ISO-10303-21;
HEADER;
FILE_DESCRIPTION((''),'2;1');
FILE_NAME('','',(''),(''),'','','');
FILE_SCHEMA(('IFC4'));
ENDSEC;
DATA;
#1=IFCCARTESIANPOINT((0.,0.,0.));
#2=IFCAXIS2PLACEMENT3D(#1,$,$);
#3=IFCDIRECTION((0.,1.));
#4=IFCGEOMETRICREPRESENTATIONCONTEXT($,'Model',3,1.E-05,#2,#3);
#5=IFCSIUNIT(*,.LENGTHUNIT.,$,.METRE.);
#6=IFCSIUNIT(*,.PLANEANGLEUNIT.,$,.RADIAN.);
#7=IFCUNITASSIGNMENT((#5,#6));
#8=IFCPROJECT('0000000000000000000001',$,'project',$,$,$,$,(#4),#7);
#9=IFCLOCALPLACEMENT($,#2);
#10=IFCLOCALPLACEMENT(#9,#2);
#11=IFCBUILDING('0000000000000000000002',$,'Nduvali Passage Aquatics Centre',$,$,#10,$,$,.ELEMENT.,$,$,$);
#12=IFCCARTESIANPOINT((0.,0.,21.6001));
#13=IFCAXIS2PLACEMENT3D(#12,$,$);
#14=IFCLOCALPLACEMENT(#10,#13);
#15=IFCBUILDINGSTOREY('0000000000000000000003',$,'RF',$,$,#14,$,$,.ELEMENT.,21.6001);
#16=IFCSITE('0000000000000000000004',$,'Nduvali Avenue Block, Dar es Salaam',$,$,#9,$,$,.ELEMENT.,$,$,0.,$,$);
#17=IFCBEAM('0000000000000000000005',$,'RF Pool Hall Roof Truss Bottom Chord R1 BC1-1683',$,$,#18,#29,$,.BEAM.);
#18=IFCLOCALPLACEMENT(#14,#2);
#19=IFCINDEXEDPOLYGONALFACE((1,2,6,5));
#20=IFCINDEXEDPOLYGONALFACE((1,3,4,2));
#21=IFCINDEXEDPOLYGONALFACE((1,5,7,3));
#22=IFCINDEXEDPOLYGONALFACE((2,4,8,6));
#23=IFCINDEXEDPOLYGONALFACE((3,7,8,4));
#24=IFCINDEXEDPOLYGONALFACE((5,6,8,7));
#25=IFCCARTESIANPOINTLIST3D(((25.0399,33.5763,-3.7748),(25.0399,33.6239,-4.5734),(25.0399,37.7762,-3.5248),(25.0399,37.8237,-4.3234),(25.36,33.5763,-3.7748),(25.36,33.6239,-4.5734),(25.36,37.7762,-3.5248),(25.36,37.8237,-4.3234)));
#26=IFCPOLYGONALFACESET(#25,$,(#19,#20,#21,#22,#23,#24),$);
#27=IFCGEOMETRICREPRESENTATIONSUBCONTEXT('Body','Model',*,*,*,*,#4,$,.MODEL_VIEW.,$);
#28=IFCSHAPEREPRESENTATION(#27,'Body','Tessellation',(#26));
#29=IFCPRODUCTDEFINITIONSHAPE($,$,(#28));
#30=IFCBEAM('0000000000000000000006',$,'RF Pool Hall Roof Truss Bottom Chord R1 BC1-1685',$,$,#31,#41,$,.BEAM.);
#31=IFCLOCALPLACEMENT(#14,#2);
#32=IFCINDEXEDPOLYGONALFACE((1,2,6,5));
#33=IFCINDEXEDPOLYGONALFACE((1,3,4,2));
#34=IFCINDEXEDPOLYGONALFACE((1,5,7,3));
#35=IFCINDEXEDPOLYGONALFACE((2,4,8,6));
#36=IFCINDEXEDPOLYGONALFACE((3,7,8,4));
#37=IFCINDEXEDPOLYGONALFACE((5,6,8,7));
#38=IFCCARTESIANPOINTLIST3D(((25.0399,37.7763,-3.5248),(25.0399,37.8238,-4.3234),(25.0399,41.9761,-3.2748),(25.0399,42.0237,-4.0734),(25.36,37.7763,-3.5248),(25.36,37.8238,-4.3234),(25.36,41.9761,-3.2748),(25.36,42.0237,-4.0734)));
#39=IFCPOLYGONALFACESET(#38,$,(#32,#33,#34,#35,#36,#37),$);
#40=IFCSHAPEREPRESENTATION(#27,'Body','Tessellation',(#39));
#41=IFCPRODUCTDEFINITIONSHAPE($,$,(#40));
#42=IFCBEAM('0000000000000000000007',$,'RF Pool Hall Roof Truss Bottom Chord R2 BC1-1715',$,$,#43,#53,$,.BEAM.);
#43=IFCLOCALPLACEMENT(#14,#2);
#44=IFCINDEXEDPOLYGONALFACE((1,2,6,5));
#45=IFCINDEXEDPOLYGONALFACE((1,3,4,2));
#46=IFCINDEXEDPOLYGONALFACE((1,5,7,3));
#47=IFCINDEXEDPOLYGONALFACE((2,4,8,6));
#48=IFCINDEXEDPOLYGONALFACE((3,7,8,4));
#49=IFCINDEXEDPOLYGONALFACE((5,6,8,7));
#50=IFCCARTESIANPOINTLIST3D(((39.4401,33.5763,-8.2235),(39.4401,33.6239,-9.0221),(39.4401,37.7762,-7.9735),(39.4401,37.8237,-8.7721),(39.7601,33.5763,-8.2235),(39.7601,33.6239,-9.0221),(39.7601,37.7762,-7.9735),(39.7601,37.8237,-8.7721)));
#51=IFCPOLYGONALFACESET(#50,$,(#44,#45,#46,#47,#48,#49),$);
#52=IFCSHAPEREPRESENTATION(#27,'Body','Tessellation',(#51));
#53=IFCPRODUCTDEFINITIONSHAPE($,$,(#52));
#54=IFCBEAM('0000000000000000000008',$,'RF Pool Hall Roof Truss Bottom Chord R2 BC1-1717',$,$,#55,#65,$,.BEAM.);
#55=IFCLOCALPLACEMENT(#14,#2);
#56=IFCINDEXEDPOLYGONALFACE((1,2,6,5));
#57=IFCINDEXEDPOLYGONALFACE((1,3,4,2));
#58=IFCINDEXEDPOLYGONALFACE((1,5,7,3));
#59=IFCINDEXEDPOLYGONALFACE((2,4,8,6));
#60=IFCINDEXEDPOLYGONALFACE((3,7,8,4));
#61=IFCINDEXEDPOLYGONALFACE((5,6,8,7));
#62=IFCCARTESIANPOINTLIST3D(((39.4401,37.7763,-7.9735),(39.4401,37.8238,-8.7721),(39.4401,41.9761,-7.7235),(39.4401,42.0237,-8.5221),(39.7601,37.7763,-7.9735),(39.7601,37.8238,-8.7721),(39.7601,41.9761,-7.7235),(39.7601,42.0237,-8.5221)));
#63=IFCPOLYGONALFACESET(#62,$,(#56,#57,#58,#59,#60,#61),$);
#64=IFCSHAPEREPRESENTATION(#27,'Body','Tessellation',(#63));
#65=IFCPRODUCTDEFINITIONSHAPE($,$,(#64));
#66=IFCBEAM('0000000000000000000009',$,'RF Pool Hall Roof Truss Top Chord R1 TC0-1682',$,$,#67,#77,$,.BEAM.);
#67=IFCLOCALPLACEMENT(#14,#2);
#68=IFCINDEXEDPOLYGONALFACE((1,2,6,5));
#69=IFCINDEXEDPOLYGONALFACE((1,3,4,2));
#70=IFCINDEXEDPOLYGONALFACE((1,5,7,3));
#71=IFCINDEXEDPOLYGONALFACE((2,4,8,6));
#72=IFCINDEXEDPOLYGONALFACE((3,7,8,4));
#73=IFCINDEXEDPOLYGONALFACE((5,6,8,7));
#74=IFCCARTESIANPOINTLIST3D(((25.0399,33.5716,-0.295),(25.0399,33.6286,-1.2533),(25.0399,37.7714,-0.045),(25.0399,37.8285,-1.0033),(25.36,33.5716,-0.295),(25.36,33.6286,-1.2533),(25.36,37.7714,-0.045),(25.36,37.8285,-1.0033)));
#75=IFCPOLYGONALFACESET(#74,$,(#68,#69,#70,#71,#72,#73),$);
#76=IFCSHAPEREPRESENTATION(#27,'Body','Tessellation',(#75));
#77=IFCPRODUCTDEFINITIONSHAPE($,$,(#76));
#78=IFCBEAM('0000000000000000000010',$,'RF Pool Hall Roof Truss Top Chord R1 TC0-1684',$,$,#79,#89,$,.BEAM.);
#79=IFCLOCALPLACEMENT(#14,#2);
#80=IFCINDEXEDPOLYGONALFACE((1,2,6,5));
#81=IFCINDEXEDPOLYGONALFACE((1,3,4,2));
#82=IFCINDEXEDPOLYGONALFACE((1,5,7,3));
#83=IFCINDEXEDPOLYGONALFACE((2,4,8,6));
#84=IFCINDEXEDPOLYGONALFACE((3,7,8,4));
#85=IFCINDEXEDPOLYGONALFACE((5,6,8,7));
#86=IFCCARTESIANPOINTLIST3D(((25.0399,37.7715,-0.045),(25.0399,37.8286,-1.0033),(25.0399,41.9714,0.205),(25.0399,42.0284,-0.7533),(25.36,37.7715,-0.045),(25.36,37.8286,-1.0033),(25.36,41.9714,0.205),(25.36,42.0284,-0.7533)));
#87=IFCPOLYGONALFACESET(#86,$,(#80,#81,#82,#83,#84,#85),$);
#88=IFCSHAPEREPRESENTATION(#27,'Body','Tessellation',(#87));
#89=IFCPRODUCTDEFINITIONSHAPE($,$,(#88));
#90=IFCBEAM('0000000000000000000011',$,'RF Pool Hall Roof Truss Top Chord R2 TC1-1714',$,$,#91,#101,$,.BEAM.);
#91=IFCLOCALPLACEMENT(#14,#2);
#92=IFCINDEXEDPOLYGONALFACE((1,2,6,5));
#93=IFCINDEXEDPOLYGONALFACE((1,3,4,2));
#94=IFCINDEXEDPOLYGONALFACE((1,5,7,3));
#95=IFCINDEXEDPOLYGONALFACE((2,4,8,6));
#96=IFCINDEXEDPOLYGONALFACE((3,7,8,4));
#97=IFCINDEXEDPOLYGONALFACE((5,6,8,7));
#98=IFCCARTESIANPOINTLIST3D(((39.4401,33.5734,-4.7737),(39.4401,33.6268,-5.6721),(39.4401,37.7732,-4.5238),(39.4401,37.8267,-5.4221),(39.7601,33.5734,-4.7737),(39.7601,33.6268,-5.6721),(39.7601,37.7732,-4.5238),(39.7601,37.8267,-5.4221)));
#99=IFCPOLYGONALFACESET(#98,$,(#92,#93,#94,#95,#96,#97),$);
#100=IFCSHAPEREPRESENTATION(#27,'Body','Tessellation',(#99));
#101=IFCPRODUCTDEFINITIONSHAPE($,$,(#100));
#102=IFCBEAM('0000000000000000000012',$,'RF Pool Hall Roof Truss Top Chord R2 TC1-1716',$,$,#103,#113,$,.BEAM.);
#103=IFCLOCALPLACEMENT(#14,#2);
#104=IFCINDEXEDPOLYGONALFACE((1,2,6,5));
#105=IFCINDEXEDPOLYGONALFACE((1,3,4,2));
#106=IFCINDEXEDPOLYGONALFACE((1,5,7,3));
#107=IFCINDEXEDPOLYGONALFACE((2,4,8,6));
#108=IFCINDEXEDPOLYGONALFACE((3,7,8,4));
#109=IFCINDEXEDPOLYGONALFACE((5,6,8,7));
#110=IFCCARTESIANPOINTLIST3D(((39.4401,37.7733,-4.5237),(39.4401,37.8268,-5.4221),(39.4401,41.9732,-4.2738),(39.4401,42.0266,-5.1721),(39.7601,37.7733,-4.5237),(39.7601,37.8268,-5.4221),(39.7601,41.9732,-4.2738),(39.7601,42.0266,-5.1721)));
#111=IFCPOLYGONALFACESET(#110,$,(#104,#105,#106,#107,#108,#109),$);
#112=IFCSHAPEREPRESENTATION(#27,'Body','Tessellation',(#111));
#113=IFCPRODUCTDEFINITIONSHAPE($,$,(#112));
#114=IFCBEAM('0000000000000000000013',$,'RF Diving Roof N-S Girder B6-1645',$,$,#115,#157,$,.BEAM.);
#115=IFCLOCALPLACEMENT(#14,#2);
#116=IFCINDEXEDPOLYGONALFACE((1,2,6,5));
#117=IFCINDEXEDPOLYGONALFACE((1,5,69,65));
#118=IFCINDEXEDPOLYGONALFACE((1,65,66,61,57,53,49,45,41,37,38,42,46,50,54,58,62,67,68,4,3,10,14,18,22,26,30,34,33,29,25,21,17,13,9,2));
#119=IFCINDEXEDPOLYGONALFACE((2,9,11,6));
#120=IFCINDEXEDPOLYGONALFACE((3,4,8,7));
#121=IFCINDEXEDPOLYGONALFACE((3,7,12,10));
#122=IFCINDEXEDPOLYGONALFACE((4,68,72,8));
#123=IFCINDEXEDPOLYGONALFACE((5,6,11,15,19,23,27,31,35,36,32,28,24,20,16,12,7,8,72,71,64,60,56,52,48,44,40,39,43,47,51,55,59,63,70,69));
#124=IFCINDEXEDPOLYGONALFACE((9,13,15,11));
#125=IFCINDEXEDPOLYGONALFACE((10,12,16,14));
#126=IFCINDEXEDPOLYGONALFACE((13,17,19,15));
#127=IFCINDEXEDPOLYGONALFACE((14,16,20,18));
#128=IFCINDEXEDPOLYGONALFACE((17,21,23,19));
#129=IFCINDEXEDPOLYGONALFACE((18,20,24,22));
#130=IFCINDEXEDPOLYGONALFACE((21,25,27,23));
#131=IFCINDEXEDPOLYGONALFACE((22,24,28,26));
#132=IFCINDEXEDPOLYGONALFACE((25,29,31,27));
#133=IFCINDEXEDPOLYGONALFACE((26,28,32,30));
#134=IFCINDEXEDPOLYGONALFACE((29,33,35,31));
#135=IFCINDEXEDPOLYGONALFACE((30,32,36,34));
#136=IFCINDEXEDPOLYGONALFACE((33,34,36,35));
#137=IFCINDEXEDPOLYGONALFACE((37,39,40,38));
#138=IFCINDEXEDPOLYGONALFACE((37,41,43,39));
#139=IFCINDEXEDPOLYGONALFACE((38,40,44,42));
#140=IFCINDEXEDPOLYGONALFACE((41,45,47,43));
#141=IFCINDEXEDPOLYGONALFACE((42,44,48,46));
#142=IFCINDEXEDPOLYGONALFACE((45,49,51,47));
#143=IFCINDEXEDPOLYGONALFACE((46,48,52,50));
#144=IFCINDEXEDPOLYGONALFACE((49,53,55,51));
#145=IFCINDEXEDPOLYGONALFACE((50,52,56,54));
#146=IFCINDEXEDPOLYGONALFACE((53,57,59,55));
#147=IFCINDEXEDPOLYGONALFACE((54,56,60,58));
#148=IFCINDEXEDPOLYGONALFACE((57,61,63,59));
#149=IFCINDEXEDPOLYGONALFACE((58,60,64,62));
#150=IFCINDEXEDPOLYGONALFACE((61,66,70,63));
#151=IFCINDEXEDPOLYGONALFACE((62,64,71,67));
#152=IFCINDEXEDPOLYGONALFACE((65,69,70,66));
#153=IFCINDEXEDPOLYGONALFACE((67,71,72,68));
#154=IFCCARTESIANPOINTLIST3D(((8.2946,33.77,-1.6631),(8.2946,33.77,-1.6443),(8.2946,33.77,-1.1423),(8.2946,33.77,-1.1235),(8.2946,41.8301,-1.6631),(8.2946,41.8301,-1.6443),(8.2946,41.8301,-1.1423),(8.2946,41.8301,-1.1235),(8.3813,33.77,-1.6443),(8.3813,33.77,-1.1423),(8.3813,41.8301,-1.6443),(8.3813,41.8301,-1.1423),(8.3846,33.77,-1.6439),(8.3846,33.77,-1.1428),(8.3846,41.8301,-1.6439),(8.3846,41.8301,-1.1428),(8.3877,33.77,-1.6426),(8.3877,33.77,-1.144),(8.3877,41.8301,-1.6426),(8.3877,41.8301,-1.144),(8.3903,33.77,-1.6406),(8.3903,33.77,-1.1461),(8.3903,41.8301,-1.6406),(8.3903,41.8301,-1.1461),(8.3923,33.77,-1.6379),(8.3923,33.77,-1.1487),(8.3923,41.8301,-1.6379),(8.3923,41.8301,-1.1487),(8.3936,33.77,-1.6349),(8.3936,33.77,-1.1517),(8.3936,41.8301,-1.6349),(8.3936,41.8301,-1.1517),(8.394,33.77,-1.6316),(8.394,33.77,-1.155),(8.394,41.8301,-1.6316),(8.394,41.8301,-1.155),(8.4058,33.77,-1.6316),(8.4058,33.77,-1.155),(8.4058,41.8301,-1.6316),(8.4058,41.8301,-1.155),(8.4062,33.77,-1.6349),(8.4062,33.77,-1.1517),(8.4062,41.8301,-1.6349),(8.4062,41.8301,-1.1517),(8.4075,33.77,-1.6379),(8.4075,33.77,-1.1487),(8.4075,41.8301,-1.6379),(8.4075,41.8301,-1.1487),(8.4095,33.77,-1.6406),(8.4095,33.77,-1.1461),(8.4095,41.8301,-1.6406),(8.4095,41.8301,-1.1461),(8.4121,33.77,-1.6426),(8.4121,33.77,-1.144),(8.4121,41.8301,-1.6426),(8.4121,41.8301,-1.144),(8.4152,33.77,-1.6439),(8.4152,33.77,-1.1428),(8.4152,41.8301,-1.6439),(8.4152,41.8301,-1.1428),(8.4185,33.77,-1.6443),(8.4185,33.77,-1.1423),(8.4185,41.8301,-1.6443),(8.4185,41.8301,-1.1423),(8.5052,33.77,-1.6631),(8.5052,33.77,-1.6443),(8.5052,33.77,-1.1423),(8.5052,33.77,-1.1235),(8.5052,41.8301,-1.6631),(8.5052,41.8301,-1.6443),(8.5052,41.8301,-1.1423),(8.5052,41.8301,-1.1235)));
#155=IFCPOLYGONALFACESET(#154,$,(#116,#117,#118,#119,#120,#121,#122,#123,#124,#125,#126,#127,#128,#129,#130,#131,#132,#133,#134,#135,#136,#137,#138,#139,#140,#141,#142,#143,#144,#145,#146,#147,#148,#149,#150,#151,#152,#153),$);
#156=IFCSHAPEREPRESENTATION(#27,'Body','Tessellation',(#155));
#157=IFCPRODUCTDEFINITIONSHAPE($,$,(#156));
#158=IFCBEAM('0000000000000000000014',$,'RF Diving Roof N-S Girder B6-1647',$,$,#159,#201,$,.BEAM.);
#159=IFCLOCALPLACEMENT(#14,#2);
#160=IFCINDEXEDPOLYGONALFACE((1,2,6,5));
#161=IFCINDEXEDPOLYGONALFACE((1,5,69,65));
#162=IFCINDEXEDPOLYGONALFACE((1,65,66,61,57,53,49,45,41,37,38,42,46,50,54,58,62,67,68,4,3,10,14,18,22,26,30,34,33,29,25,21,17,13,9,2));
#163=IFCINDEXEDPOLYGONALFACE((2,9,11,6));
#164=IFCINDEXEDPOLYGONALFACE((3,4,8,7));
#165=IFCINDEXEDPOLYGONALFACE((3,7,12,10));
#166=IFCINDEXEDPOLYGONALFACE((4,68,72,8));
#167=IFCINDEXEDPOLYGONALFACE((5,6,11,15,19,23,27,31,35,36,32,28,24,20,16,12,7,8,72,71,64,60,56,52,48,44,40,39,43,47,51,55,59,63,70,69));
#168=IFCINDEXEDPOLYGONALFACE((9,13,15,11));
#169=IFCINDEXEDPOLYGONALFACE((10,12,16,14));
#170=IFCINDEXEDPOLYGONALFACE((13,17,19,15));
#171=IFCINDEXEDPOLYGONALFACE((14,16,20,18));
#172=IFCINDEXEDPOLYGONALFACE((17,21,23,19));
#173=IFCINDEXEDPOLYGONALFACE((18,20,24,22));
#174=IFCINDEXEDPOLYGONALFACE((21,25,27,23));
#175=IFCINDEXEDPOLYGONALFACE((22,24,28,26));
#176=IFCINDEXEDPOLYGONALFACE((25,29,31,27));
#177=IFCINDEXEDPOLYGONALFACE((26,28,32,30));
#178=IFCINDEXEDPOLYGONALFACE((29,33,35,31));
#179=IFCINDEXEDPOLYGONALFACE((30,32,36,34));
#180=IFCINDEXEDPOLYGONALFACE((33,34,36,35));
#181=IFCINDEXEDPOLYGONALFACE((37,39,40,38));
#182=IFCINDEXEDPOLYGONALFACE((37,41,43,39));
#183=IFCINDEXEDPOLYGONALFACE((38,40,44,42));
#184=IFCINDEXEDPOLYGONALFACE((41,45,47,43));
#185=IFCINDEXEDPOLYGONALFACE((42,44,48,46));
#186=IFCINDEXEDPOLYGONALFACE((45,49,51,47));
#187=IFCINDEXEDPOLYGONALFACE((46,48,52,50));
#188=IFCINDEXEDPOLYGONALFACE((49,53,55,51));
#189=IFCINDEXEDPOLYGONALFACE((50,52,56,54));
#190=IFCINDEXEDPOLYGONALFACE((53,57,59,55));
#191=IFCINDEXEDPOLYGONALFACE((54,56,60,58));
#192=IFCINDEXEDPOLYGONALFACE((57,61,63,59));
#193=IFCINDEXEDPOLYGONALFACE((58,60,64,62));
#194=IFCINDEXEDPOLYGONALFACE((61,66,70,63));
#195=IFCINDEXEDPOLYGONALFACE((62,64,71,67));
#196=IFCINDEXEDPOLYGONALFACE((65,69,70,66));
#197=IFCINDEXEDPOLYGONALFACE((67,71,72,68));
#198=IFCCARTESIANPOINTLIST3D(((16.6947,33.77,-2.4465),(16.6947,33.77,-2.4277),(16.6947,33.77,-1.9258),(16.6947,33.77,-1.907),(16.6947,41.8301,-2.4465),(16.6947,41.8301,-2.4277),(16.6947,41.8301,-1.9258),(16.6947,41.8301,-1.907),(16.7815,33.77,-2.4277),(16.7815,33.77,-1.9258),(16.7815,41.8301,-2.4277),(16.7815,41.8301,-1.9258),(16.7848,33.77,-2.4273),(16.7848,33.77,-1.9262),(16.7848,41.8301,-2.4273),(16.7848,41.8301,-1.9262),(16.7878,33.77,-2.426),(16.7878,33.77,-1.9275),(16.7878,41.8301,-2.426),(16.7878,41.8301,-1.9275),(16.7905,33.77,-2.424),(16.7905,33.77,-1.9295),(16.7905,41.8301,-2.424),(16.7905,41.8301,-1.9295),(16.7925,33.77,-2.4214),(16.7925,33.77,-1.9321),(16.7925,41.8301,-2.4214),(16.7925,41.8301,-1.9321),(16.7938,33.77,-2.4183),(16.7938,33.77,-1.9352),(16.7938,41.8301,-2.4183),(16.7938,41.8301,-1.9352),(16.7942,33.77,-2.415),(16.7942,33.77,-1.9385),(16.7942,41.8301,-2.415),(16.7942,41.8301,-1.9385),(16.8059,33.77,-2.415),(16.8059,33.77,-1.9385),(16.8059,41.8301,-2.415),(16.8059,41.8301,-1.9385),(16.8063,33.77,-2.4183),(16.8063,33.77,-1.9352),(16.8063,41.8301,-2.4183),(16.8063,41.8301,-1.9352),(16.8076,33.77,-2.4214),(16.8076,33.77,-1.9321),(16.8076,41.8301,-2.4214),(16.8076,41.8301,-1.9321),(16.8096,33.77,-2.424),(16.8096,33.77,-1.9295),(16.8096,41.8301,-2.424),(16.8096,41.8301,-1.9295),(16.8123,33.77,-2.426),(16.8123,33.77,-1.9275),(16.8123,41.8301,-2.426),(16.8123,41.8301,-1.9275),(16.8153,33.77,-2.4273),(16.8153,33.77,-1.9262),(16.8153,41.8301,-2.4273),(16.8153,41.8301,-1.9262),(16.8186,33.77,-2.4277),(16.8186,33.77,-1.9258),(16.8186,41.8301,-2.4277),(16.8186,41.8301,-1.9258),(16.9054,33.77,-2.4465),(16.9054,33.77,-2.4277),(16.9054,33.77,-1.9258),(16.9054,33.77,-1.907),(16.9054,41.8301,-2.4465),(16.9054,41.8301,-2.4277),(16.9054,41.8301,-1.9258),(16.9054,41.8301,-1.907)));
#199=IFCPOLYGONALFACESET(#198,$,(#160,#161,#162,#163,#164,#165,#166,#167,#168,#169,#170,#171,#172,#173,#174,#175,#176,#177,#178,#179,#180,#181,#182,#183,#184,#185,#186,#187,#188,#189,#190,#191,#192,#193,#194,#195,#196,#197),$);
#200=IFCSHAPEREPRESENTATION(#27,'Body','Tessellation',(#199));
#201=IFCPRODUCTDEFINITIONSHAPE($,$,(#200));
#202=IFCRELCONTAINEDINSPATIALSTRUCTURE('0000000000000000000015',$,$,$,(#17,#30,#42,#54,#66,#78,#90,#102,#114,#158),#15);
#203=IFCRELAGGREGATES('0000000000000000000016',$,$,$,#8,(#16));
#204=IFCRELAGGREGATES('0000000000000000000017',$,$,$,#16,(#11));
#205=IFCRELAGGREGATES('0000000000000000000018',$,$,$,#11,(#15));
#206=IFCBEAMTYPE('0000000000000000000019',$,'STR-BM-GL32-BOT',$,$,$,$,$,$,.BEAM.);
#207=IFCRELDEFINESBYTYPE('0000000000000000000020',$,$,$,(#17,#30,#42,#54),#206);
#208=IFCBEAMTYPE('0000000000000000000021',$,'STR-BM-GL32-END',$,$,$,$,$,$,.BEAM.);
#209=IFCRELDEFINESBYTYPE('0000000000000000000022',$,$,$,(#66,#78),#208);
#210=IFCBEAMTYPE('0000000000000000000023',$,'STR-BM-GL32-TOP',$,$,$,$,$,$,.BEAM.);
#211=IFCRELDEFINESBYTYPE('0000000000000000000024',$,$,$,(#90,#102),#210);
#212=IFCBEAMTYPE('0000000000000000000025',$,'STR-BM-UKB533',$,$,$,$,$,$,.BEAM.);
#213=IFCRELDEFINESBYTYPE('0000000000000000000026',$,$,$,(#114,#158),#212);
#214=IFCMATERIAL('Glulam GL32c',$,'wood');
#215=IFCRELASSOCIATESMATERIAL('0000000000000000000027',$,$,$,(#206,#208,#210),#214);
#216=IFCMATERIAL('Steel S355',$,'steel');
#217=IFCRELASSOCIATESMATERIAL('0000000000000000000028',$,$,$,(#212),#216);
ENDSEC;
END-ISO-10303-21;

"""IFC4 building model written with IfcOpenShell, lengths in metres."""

from ifc_helpers import new_model, si_unit, direction, frame, origin, origin_2d, place, context, subcontext, project, spatial, rectangle, i_section, extrude, material, material_profile, profile_set, type_object, element, save


model = new_model("IFC4")

# Units and contexts
model_context = context("Model", 3, precision=1e-05, world=origin(), true_north=direction((0.0, 1.0)))
body_context = subcontext(model_context, "Body", "Model", "MODEL_VIEW")
ifc_project = project(units=[si_unit("LENGTHUNIT", "METRE"), si_unit("PLANEANGLEUNIT", "RADIAN")], contexts=[model_context])

# Site, building, storey
site_placement = place(None, origin())
site = spatial("IfcSite", under=ifc_project, at=site_placement, Name="Nduvali Avenue Block, Dar es Salaam", CompositionType="ELEMENT", RefElevation=0.0)
building_placement = place(site_placement, origin())
building = spatial("IfcBuilding", under=site, at=building_placement, Name="Nduvali Passage Aquatics Centre", CompositionType="ELEMENT")
storey_placement = place(building_placement, frame((0.0, 0.0, 21.6001)))
storey = spatial("IfcBuildingStorey", under=building, at=storey_placement, Name="RF", CompositionType="ELEMENT", Elevation=21.6001)

# Beams
ifc_material_1 = material(Name="Glulam GL32c", Category="wood")
ifc_material_profile_1 = material_profile(ifc_material_1, rectangle(XDim=0.3201, YDim=0.8, at=origin_2d()), Name="GL32c 320x800")
ifc_profile_set_1 = profile_set([ifc_material_profile_1], Name="Glulam GL32c")
beam_type_1 = type_object("IfcBeamType", Name="STR-BM-GL32-BOT", PredefinedType="BEAM", material=ifc_profile_set_1)
for number, where, z_axis, x_axis, name in (
    (1, (25.2, 33.6001, -4.1741), (0.0, 0.998233, 0.059419), (-1.0, 0.0, 0.0), "RF Pool Hall Roof Truss Bottom Chord R1 BC1-1683"),
    (2, (25.2, 37.8, -3.9241), (0.0, 0.998233, 0.059419), (-1.0, 0.0, 0.0), "RF Pool Hall Roof Truss Bottom Chord R1 BC1-1685"),
    (3, (39.6001, 33.6001, -8.6228), (0.0, 0.998233, 0.059419), (-1.0, 0.0, 0.0), "RF Pool Hall Roof Truss Bottom Chord R2 BC1-1715"),
    (4, (39.6001, 37.8, -8.3728), (0.0, 0.998233, 0.059419), (-1.0, 0.0, 0.0), "RF Pool Hall Roof Truss Bottom Chord R2 BC1-1717"),
):
    element("IfcBeam", number, at=place(storey_placement, frame(where, z_axis=z_axis, x_axis=x_axis)), inside=storey, type_object=beam_type_1, Name=name, PredefinedType="BEAM", context=body_context, shape_type="SweptSolid", body=[
        extrude(rectangle(XDim=0.3201, YDim=0.8, at=origin_2d()), origin(), (0.0, 0.0, 1.0), 4.2073),
    ])
ifc_material_profile_2 = material_profile(ifc_material_1, rectangle(XDim=0.3201, YDim=0.96, at=origin_2d()), Name="GL32c 320x960")
ifc_profile_set_2 = profile_set([ifc_material_profile_2], Name="Glulam GL32c")
beam_type_2 = type_object("IfcBeamType", Name="STR-BM-GL32-END", PredefinedType="BEAM", material=ifc_profile_set_2)
for number, where, z_axis, x_axis, name in (
    (5, (25.2, 33.6001, -0.7742), (0.0, 0.998233, 0.059419), (-1.0, 0.0, 0.0), "RF Pool Hall Roof Truss Top Chord R1 TC0-1682"),
    (6, (25.2, 37.8, -0.5242), (0.0, 0.998233, 0.059419), (-1.0, 0.0, 0.0), "RF Pool Hall Roof Truss Top Chord R1 TC0-1684"),
):
    element("IfcBeam", number, at=place(storey_placement, frame(where, z_axis=z_axis, x_axis=x_axis)), inside=storey, type_object=beam_type_2, Name=name, PredefinedType="BEAM", context=body_context, shape_type="SweptSolid", body=[
        extrude(rectangle(XDim=0.3201, YDim=0.96, at=origin_2d()), origin(), (0.0, 0.0, 1.0), 4.2073),
    ])
ifc_material_profile_3 = material_profile(ifc_material_1, rectangle(XDim=0.3201, YDim=0.8999, at=origin_2d()), Name="GL32c 320x900")
ifc_profile_set_3 = profile_set([ifc_material_profile_3], Name="Glulam GL32c")
beam_type_3 = type_object("IfcBeamType", Name="STR-BM-GL32-TOP", PredefinedType="BEAM", material=ifc_profile_set_3)
for number, where, z_axis, x_axis, name in (
    (7, (39.6001, 33.6001, -5.2229), (0.0, 0.998233, 0.059419), (-1.0, 0.0, 0.0), "RF Pool Hall Roof Truss Top Chord R2 TC1-1714"),
    (8, (39.6001, 37.8, -4.9729), (0.0, 0.998233, 0.059419), (-1.0, 0.0, 0.0), "RF Pool Hall Roof Truss Top Chord R2 TC1-1716"),
):
    element("IfcBeam", number, at=place(storey_placement, frame(where, z_axis=z_axis, x_axis=x_axis)), inside=storey, type_object=beam_type_3, Name=name, PredefinedType="BEAM", context=body_context, shape_type="SweptSolid", body=[
        extrude(rectangle(XDim=0.3201, YDim=0.8999, at=origin_2d()), origin(), (0.0, 0.0, 1.0), 4.2073),
    ])
ifc_material_2 = material(Name="Steel S355", Category="steel")
ifc_material_profile_4 = material_profile(ifc_material_2, i_section(OverallWidth=0.2107, OverallDepth=0.5396, WebThickness=0.0117, FlangeThickness=0.0188, FilletRadius=0.0127, at=origin_2d()), Name="UKB 533x210x109")
ifc_profile_set_4 = profile_set([ifc_material_profile_4], Name="Steel S355")
beam_type_4 = type_object("IfcBeamType", Name="STR-BM-UKB533", PredefinedType="BEAM", material=ifc_profile_set_4)
for number, where, z_axis, x_axis, name in (
    (9, (8.3999, 33.77, -1.3933), (0.0, 1.0, 0.0), (-1.0, 0.0, 0.0), "RF Diving Roof N-S Girder B6-1645"),
    (10, (16.8, 33.77, -2.1768), (0.0, 1.0, 0.0), (-1.0, 0.0, 0.0), "RF Diving Roof N-S Girder B6-1647"),
):
    element("IfcBeam", number, at=place(storey_placement, frame(where, z_axis=z_axis, x_axis=x_axis)), inside=storey, type_object=beam_type_4, Name=name, PredefinedType="BEAM", context=body_context, shape_type="SweptSolid", body=[
        extrude(i_section(OverallWidth=0.2107, OverallDepth=0.5396, WebThickness=0.0117, FlangeThickness=0.0188, FilletRadius=0.0127, at=origin_2d()), origin(), (0.0, 0.0, 1.0), 8.0601),
    ])

save(model, "model.ifc")
